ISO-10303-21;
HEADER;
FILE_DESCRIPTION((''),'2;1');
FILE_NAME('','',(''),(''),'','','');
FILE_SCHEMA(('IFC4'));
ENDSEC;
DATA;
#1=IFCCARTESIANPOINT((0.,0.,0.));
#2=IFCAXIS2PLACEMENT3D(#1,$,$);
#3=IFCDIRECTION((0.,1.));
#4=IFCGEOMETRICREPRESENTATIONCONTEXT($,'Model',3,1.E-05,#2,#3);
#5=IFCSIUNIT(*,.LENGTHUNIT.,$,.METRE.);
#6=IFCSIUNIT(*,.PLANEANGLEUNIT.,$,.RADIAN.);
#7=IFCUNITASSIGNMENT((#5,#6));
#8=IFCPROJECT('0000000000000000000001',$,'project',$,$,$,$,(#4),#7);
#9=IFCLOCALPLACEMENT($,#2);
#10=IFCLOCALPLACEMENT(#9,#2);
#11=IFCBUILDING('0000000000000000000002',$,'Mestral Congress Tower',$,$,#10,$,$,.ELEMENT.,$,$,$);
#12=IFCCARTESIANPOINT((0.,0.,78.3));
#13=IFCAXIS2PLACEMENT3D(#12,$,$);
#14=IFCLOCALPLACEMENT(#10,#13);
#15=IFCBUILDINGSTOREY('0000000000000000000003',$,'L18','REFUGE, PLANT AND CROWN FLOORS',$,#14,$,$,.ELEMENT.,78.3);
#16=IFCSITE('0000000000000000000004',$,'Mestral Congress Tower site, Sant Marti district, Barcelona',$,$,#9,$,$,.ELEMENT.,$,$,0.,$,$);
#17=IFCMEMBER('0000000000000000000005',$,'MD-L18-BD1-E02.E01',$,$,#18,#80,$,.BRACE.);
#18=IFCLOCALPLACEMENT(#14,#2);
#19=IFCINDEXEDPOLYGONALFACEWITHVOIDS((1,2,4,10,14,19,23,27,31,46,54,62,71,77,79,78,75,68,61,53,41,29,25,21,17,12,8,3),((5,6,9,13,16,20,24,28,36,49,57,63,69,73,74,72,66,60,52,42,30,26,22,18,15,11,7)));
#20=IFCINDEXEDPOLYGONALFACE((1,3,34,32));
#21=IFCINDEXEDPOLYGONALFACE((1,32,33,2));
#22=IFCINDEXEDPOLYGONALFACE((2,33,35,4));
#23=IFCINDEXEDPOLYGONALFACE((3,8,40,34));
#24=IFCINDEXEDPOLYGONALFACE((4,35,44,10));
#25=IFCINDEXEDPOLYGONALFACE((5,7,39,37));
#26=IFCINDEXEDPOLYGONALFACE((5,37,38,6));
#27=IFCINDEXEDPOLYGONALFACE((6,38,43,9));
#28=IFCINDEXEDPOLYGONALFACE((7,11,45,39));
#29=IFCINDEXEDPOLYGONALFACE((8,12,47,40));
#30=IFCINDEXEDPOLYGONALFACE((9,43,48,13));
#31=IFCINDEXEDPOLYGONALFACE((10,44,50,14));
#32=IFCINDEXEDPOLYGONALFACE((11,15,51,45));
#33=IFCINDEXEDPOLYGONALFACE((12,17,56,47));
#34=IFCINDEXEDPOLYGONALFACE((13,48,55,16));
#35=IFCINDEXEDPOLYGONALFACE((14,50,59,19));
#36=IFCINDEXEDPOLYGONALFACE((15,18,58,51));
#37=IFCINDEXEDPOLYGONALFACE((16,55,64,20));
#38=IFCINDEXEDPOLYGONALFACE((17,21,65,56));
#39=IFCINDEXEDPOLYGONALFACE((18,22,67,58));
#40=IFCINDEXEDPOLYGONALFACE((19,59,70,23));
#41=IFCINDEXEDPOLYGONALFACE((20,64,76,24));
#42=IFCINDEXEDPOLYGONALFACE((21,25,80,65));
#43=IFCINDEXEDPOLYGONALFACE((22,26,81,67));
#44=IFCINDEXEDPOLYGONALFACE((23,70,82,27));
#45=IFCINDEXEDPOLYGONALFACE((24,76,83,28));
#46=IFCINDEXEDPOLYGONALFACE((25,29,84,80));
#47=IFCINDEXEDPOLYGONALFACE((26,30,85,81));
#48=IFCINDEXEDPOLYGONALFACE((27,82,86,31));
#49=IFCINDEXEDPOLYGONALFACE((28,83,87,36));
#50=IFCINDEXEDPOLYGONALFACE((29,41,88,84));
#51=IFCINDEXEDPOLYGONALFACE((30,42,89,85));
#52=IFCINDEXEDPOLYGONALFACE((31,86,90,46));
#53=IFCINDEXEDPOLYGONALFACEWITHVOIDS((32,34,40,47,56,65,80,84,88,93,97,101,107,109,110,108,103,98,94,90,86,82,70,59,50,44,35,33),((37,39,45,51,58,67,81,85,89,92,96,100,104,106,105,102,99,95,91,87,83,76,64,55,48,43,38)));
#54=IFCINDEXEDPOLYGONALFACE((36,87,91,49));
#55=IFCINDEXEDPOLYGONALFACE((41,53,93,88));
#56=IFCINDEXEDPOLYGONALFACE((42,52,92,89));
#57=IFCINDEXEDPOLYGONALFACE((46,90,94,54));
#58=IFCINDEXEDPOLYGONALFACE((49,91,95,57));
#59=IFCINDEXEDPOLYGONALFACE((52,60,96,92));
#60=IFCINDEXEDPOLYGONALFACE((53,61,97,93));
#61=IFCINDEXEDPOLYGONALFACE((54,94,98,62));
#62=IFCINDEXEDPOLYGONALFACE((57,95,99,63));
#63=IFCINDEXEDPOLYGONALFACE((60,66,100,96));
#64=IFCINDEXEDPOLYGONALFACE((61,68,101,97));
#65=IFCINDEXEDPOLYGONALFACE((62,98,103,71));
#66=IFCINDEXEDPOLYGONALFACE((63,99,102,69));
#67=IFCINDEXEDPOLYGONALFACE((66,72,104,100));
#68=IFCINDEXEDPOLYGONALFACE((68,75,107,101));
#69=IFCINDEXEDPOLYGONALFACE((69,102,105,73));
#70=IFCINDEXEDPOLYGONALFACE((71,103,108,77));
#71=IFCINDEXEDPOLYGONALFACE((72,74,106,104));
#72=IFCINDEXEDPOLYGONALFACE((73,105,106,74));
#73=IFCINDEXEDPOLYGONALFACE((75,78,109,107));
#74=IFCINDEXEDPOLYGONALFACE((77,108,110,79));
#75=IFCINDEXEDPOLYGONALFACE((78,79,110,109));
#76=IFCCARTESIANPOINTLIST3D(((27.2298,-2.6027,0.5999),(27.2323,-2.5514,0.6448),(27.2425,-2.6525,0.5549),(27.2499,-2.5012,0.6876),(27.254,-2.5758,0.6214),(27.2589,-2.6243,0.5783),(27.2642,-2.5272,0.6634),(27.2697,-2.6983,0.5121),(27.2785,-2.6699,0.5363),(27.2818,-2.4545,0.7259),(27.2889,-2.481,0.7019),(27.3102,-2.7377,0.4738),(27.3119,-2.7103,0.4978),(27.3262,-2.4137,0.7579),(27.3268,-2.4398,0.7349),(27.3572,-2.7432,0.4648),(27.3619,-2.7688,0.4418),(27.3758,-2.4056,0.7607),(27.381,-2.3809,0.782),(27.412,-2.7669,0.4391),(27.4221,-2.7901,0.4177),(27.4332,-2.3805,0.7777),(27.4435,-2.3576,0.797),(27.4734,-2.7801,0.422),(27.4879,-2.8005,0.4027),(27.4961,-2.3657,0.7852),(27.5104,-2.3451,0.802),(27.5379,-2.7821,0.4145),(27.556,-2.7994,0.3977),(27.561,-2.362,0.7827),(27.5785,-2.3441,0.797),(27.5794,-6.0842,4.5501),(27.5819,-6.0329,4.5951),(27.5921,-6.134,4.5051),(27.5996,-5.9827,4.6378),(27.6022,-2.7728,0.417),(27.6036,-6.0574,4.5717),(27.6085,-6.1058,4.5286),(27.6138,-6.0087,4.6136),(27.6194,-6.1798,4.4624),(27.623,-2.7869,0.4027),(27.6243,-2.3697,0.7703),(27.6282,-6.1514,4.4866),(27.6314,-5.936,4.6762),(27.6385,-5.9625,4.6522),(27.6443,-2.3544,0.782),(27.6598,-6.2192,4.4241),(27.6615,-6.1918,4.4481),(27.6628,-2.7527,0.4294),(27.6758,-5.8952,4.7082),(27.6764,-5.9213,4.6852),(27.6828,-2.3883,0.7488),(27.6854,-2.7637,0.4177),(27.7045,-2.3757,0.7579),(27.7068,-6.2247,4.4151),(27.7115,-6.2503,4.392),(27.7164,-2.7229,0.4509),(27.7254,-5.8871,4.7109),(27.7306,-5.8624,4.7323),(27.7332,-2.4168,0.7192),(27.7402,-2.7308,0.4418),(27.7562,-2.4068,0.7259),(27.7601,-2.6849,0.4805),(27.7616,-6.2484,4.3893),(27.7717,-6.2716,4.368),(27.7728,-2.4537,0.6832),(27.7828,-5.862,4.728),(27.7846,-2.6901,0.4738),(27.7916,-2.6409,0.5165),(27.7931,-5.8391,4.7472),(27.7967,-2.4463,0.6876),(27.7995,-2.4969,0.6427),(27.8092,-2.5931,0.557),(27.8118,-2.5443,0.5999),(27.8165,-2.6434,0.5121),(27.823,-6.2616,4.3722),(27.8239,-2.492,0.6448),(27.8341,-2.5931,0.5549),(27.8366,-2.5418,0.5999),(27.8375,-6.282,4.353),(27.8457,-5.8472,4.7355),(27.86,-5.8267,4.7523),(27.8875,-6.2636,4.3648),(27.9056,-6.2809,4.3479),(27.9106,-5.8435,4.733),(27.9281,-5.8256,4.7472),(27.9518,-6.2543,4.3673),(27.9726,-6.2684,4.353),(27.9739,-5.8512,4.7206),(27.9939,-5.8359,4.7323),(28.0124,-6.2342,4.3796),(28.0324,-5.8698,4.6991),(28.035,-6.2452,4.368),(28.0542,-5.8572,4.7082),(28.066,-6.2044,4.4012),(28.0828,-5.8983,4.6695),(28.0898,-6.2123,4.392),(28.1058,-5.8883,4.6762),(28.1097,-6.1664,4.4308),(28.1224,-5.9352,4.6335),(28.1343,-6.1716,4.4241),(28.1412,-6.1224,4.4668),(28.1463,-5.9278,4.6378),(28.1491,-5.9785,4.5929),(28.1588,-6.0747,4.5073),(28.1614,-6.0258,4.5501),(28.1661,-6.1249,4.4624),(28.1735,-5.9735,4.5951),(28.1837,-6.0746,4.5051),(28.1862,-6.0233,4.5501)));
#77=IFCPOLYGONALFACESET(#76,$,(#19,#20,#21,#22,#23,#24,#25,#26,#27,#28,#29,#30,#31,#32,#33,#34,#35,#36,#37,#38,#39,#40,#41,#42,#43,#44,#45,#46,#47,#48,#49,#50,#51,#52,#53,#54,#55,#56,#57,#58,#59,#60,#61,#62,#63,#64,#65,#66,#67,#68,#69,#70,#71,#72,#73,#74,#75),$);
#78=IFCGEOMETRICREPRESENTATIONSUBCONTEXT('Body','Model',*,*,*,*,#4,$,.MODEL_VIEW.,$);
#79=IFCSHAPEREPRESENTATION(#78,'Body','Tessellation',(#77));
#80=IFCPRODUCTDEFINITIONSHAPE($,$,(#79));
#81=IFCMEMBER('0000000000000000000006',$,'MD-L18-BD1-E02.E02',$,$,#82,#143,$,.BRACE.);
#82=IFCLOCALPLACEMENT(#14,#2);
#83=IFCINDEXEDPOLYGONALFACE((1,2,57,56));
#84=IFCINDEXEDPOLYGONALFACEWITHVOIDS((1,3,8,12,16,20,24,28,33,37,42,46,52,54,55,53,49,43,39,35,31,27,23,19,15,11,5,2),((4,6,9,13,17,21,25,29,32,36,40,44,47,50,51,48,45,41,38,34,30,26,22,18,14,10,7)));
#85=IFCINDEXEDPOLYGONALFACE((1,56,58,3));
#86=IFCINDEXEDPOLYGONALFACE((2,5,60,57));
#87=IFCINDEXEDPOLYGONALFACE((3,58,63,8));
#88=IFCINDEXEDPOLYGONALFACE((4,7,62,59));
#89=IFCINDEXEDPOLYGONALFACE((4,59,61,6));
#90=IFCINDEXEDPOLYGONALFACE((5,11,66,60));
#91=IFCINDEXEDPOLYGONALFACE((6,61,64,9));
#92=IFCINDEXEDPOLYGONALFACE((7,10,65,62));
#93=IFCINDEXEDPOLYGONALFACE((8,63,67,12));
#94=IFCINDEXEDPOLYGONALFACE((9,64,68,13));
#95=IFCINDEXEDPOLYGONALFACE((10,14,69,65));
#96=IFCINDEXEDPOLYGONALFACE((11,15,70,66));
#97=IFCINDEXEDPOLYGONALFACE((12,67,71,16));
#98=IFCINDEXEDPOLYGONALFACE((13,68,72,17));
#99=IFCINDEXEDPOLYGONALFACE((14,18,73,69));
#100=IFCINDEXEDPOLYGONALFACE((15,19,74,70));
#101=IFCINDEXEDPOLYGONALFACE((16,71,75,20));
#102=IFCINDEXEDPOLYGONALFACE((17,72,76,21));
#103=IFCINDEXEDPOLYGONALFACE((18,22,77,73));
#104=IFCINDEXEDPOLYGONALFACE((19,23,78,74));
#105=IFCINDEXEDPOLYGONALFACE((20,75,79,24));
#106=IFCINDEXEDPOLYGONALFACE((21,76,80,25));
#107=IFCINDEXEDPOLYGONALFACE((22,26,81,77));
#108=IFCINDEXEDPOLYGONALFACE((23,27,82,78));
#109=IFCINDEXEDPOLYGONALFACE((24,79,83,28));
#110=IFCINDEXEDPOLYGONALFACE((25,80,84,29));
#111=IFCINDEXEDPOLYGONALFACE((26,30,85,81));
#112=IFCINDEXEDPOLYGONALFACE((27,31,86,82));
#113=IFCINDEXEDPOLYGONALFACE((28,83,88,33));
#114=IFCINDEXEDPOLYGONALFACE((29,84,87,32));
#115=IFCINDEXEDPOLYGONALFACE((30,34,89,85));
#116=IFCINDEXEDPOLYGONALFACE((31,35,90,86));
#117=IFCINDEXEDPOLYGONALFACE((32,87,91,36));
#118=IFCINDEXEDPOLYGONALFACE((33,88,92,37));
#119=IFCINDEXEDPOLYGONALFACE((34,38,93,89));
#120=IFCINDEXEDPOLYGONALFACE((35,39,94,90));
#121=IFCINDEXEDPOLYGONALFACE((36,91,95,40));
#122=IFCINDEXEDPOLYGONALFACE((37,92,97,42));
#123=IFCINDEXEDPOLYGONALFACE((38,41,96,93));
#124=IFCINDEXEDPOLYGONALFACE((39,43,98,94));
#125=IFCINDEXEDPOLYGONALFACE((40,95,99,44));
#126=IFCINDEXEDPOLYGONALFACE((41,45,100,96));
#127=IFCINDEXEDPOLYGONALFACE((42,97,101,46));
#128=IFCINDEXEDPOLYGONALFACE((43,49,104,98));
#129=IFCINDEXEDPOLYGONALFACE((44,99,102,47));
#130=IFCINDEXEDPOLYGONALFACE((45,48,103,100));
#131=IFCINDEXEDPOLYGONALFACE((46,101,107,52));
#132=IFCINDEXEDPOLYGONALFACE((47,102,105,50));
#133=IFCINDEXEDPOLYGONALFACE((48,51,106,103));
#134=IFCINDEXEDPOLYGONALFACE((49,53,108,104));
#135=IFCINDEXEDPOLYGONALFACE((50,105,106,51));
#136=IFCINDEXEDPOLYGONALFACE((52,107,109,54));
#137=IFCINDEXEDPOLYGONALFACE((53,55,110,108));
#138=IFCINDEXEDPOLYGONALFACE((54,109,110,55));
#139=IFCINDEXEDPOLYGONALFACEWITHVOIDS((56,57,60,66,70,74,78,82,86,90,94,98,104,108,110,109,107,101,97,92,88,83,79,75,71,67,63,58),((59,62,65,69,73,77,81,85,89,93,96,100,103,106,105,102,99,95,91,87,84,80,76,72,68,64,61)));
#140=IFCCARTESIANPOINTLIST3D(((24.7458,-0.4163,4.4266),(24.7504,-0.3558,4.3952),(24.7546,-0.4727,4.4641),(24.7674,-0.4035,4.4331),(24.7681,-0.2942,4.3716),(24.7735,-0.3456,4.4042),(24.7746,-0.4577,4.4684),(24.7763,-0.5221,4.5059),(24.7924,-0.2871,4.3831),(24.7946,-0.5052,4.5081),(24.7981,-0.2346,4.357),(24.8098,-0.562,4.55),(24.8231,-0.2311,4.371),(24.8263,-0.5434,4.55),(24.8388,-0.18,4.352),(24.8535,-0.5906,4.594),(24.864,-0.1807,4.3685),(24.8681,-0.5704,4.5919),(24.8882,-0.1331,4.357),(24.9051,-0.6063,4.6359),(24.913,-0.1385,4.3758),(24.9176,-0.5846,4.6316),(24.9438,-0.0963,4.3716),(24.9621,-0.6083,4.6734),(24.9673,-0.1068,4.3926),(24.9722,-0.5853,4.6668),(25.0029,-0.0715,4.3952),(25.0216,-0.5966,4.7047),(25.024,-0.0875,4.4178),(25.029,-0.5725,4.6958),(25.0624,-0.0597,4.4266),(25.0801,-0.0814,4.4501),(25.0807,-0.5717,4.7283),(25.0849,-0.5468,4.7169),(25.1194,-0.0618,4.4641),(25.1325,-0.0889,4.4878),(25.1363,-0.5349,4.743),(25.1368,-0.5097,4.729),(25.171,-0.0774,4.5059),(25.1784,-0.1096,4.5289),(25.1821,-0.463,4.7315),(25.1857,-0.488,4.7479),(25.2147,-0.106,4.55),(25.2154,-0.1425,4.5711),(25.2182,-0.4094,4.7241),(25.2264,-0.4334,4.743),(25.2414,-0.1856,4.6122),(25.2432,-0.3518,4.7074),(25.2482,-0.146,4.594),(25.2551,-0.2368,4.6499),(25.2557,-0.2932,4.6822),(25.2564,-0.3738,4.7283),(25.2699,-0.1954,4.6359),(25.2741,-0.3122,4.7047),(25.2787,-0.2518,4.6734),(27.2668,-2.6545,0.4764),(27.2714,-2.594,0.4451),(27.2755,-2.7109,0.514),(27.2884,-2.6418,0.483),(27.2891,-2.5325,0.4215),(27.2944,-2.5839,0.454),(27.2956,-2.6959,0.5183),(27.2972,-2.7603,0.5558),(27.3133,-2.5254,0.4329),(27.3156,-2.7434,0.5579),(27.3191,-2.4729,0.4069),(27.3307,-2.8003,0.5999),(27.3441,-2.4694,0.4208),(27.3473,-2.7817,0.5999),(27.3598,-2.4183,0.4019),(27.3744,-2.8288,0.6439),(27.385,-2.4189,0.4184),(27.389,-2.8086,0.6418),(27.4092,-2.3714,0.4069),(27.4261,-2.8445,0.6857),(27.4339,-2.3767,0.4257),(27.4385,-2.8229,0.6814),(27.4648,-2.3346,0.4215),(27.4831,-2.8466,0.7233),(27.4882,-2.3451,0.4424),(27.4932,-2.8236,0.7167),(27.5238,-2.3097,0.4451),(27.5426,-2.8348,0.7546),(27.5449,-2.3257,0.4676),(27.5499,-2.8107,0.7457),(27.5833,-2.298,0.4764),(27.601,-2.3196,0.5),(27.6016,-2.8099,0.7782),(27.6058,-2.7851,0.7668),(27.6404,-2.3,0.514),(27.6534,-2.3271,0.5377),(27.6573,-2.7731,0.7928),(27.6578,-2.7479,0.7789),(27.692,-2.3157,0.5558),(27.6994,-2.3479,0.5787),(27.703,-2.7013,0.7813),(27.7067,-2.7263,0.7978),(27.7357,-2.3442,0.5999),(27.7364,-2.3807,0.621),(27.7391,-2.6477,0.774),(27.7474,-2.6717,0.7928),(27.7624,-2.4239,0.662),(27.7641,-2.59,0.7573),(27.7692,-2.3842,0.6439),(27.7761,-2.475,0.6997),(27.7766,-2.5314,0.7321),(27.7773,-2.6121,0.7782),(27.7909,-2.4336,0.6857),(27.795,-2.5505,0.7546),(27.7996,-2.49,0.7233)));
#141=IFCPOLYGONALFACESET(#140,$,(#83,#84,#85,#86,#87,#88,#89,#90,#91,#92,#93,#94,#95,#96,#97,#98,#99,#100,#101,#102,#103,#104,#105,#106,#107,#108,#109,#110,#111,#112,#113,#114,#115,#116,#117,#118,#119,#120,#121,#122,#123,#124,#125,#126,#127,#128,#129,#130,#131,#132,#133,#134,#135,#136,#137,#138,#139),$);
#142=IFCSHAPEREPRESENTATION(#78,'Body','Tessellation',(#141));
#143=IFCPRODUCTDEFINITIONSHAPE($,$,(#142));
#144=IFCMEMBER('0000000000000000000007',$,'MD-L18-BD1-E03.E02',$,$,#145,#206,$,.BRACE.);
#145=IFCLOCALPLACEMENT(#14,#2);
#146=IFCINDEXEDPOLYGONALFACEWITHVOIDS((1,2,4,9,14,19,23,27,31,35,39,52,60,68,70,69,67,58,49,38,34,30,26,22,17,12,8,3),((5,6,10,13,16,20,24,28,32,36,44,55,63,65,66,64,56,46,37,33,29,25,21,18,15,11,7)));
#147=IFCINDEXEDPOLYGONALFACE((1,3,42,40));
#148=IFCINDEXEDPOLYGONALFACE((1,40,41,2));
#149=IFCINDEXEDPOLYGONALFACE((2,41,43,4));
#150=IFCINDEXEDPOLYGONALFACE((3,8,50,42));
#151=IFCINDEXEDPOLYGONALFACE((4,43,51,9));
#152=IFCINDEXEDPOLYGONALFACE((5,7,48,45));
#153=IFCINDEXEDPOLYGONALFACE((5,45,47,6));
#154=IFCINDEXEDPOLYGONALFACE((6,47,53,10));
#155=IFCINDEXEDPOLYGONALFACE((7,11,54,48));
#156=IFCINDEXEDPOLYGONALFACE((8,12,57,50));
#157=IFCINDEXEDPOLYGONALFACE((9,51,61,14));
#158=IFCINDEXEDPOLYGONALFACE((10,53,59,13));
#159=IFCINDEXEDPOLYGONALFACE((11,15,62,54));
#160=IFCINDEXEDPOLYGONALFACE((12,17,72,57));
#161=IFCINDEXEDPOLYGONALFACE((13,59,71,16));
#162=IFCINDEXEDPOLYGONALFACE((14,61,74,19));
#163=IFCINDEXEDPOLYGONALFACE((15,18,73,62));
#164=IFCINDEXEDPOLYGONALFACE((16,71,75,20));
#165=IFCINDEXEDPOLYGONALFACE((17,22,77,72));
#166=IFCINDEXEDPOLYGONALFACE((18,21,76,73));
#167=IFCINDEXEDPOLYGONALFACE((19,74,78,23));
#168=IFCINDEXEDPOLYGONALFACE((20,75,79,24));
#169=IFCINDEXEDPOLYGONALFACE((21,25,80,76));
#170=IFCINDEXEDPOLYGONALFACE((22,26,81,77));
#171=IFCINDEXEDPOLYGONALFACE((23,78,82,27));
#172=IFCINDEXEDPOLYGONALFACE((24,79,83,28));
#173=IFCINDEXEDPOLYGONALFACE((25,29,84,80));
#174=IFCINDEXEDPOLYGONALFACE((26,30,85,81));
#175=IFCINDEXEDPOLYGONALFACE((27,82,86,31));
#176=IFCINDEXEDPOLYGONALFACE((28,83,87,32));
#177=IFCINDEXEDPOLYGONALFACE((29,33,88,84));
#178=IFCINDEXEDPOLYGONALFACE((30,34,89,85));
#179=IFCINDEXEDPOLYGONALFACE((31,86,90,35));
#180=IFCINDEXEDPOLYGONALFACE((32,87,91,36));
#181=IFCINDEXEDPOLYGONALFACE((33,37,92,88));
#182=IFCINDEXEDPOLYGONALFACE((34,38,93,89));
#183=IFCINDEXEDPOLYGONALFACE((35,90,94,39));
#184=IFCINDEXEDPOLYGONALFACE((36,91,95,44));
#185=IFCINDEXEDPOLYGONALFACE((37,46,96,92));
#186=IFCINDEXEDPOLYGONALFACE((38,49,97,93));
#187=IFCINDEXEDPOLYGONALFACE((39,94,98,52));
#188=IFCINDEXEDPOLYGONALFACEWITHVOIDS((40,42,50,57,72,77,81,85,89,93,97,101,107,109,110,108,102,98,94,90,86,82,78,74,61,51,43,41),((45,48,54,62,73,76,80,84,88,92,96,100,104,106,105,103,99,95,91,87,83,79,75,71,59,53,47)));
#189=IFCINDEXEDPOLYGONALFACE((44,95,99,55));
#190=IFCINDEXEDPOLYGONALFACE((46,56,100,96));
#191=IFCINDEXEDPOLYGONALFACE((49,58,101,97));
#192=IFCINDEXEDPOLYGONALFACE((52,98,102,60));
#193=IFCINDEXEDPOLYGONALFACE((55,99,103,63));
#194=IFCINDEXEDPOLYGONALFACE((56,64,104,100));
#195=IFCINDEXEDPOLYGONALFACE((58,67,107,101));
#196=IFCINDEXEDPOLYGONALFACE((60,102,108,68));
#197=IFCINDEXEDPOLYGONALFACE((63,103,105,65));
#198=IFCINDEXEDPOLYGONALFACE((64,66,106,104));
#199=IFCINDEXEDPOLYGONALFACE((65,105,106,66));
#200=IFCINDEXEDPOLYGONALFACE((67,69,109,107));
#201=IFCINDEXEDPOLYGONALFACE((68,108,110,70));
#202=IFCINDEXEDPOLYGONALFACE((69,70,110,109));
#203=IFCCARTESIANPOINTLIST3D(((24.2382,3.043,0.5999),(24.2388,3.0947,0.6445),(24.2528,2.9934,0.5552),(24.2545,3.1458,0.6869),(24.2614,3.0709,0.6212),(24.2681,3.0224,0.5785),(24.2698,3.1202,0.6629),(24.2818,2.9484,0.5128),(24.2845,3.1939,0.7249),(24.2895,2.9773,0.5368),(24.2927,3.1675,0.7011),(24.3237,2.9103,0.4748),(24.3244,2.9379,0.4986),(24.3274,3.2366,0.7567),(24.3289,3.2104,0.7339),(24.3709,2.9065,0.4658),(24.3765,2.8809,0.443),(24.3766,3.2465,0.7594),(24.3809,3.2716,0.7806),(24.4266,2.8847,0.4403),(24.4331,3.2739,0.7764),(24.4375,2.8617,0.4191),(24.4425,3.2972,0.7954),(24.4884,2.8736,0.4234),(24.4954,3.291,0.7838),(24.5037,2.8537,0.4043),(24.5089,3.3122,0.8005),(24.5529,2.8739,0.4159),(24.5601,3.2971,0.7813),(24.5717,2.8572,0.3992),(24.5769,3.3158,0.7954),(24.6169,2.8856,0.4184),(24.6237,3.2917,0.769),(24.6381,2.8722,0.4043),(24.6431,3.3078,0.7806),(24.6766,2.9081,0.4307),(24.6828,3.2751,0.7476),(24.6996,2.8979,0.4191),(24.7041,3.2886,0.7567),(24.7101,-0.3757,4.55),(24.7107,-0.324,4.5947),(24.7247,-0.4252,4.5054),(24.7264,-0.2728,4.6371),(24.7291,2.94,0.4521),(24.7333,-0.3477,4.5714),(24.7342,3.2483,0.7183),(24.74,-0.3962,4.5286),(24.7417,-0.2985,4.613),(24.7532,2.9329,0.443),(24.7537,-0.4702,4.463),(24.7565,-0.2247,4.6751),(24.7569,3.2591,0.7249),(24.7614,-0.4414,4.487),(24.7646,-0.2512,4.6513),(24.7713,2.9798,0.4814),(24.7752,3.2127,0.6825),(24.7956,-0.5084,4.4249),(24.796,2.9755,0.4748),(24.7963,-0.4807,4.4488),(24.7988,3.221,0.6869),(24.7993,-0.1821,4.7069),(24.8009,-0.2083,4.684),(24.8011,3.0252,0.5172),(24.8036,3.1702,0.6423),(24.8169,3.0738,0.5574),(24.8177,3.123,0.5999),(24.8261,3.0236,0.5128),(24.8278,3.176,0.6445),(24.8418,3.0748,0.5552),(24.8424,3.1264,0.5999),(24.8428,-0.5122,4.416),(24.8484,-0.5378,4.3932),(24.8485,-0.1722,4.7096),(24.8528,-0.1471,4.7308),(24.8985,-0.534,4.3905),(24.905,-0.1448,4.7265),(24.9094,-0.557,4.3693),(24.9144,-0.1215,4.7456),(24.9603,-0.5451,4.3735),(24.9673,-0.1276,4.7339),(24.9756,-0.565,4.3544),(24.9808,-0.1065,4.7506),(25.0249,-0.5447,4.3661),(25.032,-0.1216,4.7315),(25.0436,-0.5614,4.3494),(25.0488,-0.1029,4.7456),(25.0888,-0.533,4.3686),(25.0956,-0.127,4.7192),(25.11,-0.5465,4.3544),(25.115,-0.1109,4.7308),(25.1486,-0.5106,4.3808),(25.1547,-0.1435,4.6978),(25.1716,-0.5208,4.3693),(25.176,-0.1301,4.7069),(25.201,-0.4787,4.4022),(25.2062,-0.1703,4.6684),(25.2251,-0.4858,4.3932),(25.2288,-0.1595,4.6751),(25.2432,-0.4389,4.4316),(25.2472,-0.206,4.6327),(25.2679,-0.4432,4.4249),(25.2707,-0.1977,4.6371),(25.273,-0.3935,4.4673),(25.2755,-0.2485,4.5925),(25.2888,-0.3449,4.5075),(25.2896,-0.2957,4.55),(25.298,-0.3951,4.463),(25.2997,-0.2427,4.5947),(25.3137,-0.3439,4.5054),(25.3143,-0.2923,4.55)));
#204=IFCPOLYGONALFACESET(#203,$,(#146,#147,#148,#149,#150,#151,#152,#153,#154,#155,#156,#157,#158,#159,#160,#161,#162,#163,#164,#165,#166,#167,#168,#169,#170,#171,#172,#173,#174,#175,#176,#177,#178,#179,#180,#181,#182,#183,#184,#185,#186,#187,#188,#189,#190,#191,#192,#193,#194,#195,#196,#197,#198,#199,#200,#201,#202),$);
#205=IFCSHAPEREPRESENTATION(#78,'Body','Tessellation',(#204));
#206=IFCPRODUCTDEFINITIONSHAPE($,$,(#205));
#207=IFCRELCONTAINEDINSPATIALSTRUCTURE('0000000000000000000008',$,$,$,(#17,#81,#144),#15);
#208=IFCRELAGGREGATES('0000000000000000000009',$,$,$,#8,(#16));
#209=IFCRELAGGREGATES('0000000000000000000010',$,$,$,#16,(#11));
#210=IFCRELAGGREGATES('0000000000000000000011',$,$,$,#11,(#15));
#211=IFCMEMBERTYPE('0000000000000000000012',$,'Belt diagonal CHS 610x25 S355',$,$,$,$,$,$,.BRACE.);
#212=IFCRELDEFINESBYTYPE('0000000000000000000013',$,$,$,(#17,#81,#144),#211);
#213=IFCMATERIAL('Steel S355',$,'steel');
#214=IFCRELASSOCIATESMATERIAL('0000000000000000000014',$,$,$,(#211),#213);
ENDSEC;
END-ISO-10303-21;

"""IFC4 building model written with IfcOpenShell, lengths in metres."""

from ifc_helpers import new_model, si_unit, direction, frame, origin, origin_2d, place, context, subcontext, project, spatial, hollow_circle, extrude, material, material_profile, profile_set, type_object, element, save


model = new_model("IFC4")

# Units and contexts
model_context = context("Model", 3, precision=1e-05, world=origin(), true_north=direction((0.0, 1.0)))
body_context = subcontext(model_context, "Body", "Model", "MODEL_VIEW")
ifc_project = project(units=[si_unit("LENGTHUNIT", "METRE"), si_unit("PLANEANGLEUNIT", "RADIAN")], contexts=[model_context])

# Site, building, storey
site_placement = place(None, origin())
site = spatial("IfcSite", under=ifc_project, at=site_placement, Name="Mestral Congress Tower site, Sant Marti district, Barcelona", CompositionType="ELEMENT", RefElevation=0.0)
building_placement = place(site_placement, origin())
building = spatial("IfcBuilding", under=site, at=building_placement, Name="Mestral Congress Tower", CompositionType="ELEMENT")
storey_placement = place(building_placement, frame((0.0, 0.0, 78.3)))
storey = spatial("IfcBuildingStorey", under=building, at=storey_placement, Name="L18", Description="REFUGE, PLANT AND CROWN FLOORS", CompositionType="ELEMENT", Elevation=78.3)

# Members
ifc_material_1 = material(Name="Steel S355", Category="steel")
ifc_material_profile_1 = material_profile(ifc_material_1, hollow_circle(Radius=0.3049, WallThickness=0.0249, at=origin_2d()), Name="CHS 610x25")
ifc_profile_set_1 = profile_set([ifc_material_profile_1], Name="Steel S355")
member_type_1 = type_object("IfcMemberType", Name="Belt diagonal CHS 610x25 S355", PredefinedType="BRACE", material=ifc_profile_set_1)
member_1_placement = place(storey_placement, frame((27.5332, -2.5723, 0.5999), z_axis=(0.066252, -0.659739, 0.748568), x_axis=(0.994996, 0.099918, 0.0)))
element("IfcMember", 1, at=member_1_placement, inside=storey, type_object=member_type_1, Name="MD-L18-BD1-E02.E01", PredefinedType="BRACE", context=body_context, shape_type="SweptSolid", body=[
    extrude(hollow_circle(Radius=0.3049, WallThickness=0.0249, at=origin_2d()), origin(), (0.0, 0.0, 1.0), 5.2771),
])
member_2_placement = place(storey_placement, frame((27.5332, -2.5723, 0.5999), z_axis=(-0.485441, 0.431002, 0.760647), x_axis=(-0.663932, -0.747793, 0.0)))
element("IfcMember", 2, at=member_2_placement, inside=storey, type_object=member_type_1, Name="MD-L18-BD1-E02.E02", PredefinedType="BRACE", context=body_context, shape_type="SweptSolid", body=[
    extrude(hollow_circle(Radius=0.3049, WallThickness=0.0249, at=origin_2d()), origin(), (0.0, 0.0, 1.0), 5.1931),
])
member_3_placement = place(storey_placement, frame((24.5403, 3.0847, 0.5999), z_axis=(0.089969, -0.651752, 0.753077), x_axis=(0.990606, 0.136745, 0.0)))
element("IfcMember", 3, at=member_3_placement, inside=storey, type_object=member_type_1, Name="MD-L18-BD1-E03.E02", PredefinedType="BRACE", context=body_context, shape_type="SweptSolid", body=[
    extrude(hollow_circle(Radius=0.3049, WallThickness=0.0249, at=origin_2d()), origin(), (0.0, 0.0, 1.0), 5.2454),
])

save(model, "model.ifc")
